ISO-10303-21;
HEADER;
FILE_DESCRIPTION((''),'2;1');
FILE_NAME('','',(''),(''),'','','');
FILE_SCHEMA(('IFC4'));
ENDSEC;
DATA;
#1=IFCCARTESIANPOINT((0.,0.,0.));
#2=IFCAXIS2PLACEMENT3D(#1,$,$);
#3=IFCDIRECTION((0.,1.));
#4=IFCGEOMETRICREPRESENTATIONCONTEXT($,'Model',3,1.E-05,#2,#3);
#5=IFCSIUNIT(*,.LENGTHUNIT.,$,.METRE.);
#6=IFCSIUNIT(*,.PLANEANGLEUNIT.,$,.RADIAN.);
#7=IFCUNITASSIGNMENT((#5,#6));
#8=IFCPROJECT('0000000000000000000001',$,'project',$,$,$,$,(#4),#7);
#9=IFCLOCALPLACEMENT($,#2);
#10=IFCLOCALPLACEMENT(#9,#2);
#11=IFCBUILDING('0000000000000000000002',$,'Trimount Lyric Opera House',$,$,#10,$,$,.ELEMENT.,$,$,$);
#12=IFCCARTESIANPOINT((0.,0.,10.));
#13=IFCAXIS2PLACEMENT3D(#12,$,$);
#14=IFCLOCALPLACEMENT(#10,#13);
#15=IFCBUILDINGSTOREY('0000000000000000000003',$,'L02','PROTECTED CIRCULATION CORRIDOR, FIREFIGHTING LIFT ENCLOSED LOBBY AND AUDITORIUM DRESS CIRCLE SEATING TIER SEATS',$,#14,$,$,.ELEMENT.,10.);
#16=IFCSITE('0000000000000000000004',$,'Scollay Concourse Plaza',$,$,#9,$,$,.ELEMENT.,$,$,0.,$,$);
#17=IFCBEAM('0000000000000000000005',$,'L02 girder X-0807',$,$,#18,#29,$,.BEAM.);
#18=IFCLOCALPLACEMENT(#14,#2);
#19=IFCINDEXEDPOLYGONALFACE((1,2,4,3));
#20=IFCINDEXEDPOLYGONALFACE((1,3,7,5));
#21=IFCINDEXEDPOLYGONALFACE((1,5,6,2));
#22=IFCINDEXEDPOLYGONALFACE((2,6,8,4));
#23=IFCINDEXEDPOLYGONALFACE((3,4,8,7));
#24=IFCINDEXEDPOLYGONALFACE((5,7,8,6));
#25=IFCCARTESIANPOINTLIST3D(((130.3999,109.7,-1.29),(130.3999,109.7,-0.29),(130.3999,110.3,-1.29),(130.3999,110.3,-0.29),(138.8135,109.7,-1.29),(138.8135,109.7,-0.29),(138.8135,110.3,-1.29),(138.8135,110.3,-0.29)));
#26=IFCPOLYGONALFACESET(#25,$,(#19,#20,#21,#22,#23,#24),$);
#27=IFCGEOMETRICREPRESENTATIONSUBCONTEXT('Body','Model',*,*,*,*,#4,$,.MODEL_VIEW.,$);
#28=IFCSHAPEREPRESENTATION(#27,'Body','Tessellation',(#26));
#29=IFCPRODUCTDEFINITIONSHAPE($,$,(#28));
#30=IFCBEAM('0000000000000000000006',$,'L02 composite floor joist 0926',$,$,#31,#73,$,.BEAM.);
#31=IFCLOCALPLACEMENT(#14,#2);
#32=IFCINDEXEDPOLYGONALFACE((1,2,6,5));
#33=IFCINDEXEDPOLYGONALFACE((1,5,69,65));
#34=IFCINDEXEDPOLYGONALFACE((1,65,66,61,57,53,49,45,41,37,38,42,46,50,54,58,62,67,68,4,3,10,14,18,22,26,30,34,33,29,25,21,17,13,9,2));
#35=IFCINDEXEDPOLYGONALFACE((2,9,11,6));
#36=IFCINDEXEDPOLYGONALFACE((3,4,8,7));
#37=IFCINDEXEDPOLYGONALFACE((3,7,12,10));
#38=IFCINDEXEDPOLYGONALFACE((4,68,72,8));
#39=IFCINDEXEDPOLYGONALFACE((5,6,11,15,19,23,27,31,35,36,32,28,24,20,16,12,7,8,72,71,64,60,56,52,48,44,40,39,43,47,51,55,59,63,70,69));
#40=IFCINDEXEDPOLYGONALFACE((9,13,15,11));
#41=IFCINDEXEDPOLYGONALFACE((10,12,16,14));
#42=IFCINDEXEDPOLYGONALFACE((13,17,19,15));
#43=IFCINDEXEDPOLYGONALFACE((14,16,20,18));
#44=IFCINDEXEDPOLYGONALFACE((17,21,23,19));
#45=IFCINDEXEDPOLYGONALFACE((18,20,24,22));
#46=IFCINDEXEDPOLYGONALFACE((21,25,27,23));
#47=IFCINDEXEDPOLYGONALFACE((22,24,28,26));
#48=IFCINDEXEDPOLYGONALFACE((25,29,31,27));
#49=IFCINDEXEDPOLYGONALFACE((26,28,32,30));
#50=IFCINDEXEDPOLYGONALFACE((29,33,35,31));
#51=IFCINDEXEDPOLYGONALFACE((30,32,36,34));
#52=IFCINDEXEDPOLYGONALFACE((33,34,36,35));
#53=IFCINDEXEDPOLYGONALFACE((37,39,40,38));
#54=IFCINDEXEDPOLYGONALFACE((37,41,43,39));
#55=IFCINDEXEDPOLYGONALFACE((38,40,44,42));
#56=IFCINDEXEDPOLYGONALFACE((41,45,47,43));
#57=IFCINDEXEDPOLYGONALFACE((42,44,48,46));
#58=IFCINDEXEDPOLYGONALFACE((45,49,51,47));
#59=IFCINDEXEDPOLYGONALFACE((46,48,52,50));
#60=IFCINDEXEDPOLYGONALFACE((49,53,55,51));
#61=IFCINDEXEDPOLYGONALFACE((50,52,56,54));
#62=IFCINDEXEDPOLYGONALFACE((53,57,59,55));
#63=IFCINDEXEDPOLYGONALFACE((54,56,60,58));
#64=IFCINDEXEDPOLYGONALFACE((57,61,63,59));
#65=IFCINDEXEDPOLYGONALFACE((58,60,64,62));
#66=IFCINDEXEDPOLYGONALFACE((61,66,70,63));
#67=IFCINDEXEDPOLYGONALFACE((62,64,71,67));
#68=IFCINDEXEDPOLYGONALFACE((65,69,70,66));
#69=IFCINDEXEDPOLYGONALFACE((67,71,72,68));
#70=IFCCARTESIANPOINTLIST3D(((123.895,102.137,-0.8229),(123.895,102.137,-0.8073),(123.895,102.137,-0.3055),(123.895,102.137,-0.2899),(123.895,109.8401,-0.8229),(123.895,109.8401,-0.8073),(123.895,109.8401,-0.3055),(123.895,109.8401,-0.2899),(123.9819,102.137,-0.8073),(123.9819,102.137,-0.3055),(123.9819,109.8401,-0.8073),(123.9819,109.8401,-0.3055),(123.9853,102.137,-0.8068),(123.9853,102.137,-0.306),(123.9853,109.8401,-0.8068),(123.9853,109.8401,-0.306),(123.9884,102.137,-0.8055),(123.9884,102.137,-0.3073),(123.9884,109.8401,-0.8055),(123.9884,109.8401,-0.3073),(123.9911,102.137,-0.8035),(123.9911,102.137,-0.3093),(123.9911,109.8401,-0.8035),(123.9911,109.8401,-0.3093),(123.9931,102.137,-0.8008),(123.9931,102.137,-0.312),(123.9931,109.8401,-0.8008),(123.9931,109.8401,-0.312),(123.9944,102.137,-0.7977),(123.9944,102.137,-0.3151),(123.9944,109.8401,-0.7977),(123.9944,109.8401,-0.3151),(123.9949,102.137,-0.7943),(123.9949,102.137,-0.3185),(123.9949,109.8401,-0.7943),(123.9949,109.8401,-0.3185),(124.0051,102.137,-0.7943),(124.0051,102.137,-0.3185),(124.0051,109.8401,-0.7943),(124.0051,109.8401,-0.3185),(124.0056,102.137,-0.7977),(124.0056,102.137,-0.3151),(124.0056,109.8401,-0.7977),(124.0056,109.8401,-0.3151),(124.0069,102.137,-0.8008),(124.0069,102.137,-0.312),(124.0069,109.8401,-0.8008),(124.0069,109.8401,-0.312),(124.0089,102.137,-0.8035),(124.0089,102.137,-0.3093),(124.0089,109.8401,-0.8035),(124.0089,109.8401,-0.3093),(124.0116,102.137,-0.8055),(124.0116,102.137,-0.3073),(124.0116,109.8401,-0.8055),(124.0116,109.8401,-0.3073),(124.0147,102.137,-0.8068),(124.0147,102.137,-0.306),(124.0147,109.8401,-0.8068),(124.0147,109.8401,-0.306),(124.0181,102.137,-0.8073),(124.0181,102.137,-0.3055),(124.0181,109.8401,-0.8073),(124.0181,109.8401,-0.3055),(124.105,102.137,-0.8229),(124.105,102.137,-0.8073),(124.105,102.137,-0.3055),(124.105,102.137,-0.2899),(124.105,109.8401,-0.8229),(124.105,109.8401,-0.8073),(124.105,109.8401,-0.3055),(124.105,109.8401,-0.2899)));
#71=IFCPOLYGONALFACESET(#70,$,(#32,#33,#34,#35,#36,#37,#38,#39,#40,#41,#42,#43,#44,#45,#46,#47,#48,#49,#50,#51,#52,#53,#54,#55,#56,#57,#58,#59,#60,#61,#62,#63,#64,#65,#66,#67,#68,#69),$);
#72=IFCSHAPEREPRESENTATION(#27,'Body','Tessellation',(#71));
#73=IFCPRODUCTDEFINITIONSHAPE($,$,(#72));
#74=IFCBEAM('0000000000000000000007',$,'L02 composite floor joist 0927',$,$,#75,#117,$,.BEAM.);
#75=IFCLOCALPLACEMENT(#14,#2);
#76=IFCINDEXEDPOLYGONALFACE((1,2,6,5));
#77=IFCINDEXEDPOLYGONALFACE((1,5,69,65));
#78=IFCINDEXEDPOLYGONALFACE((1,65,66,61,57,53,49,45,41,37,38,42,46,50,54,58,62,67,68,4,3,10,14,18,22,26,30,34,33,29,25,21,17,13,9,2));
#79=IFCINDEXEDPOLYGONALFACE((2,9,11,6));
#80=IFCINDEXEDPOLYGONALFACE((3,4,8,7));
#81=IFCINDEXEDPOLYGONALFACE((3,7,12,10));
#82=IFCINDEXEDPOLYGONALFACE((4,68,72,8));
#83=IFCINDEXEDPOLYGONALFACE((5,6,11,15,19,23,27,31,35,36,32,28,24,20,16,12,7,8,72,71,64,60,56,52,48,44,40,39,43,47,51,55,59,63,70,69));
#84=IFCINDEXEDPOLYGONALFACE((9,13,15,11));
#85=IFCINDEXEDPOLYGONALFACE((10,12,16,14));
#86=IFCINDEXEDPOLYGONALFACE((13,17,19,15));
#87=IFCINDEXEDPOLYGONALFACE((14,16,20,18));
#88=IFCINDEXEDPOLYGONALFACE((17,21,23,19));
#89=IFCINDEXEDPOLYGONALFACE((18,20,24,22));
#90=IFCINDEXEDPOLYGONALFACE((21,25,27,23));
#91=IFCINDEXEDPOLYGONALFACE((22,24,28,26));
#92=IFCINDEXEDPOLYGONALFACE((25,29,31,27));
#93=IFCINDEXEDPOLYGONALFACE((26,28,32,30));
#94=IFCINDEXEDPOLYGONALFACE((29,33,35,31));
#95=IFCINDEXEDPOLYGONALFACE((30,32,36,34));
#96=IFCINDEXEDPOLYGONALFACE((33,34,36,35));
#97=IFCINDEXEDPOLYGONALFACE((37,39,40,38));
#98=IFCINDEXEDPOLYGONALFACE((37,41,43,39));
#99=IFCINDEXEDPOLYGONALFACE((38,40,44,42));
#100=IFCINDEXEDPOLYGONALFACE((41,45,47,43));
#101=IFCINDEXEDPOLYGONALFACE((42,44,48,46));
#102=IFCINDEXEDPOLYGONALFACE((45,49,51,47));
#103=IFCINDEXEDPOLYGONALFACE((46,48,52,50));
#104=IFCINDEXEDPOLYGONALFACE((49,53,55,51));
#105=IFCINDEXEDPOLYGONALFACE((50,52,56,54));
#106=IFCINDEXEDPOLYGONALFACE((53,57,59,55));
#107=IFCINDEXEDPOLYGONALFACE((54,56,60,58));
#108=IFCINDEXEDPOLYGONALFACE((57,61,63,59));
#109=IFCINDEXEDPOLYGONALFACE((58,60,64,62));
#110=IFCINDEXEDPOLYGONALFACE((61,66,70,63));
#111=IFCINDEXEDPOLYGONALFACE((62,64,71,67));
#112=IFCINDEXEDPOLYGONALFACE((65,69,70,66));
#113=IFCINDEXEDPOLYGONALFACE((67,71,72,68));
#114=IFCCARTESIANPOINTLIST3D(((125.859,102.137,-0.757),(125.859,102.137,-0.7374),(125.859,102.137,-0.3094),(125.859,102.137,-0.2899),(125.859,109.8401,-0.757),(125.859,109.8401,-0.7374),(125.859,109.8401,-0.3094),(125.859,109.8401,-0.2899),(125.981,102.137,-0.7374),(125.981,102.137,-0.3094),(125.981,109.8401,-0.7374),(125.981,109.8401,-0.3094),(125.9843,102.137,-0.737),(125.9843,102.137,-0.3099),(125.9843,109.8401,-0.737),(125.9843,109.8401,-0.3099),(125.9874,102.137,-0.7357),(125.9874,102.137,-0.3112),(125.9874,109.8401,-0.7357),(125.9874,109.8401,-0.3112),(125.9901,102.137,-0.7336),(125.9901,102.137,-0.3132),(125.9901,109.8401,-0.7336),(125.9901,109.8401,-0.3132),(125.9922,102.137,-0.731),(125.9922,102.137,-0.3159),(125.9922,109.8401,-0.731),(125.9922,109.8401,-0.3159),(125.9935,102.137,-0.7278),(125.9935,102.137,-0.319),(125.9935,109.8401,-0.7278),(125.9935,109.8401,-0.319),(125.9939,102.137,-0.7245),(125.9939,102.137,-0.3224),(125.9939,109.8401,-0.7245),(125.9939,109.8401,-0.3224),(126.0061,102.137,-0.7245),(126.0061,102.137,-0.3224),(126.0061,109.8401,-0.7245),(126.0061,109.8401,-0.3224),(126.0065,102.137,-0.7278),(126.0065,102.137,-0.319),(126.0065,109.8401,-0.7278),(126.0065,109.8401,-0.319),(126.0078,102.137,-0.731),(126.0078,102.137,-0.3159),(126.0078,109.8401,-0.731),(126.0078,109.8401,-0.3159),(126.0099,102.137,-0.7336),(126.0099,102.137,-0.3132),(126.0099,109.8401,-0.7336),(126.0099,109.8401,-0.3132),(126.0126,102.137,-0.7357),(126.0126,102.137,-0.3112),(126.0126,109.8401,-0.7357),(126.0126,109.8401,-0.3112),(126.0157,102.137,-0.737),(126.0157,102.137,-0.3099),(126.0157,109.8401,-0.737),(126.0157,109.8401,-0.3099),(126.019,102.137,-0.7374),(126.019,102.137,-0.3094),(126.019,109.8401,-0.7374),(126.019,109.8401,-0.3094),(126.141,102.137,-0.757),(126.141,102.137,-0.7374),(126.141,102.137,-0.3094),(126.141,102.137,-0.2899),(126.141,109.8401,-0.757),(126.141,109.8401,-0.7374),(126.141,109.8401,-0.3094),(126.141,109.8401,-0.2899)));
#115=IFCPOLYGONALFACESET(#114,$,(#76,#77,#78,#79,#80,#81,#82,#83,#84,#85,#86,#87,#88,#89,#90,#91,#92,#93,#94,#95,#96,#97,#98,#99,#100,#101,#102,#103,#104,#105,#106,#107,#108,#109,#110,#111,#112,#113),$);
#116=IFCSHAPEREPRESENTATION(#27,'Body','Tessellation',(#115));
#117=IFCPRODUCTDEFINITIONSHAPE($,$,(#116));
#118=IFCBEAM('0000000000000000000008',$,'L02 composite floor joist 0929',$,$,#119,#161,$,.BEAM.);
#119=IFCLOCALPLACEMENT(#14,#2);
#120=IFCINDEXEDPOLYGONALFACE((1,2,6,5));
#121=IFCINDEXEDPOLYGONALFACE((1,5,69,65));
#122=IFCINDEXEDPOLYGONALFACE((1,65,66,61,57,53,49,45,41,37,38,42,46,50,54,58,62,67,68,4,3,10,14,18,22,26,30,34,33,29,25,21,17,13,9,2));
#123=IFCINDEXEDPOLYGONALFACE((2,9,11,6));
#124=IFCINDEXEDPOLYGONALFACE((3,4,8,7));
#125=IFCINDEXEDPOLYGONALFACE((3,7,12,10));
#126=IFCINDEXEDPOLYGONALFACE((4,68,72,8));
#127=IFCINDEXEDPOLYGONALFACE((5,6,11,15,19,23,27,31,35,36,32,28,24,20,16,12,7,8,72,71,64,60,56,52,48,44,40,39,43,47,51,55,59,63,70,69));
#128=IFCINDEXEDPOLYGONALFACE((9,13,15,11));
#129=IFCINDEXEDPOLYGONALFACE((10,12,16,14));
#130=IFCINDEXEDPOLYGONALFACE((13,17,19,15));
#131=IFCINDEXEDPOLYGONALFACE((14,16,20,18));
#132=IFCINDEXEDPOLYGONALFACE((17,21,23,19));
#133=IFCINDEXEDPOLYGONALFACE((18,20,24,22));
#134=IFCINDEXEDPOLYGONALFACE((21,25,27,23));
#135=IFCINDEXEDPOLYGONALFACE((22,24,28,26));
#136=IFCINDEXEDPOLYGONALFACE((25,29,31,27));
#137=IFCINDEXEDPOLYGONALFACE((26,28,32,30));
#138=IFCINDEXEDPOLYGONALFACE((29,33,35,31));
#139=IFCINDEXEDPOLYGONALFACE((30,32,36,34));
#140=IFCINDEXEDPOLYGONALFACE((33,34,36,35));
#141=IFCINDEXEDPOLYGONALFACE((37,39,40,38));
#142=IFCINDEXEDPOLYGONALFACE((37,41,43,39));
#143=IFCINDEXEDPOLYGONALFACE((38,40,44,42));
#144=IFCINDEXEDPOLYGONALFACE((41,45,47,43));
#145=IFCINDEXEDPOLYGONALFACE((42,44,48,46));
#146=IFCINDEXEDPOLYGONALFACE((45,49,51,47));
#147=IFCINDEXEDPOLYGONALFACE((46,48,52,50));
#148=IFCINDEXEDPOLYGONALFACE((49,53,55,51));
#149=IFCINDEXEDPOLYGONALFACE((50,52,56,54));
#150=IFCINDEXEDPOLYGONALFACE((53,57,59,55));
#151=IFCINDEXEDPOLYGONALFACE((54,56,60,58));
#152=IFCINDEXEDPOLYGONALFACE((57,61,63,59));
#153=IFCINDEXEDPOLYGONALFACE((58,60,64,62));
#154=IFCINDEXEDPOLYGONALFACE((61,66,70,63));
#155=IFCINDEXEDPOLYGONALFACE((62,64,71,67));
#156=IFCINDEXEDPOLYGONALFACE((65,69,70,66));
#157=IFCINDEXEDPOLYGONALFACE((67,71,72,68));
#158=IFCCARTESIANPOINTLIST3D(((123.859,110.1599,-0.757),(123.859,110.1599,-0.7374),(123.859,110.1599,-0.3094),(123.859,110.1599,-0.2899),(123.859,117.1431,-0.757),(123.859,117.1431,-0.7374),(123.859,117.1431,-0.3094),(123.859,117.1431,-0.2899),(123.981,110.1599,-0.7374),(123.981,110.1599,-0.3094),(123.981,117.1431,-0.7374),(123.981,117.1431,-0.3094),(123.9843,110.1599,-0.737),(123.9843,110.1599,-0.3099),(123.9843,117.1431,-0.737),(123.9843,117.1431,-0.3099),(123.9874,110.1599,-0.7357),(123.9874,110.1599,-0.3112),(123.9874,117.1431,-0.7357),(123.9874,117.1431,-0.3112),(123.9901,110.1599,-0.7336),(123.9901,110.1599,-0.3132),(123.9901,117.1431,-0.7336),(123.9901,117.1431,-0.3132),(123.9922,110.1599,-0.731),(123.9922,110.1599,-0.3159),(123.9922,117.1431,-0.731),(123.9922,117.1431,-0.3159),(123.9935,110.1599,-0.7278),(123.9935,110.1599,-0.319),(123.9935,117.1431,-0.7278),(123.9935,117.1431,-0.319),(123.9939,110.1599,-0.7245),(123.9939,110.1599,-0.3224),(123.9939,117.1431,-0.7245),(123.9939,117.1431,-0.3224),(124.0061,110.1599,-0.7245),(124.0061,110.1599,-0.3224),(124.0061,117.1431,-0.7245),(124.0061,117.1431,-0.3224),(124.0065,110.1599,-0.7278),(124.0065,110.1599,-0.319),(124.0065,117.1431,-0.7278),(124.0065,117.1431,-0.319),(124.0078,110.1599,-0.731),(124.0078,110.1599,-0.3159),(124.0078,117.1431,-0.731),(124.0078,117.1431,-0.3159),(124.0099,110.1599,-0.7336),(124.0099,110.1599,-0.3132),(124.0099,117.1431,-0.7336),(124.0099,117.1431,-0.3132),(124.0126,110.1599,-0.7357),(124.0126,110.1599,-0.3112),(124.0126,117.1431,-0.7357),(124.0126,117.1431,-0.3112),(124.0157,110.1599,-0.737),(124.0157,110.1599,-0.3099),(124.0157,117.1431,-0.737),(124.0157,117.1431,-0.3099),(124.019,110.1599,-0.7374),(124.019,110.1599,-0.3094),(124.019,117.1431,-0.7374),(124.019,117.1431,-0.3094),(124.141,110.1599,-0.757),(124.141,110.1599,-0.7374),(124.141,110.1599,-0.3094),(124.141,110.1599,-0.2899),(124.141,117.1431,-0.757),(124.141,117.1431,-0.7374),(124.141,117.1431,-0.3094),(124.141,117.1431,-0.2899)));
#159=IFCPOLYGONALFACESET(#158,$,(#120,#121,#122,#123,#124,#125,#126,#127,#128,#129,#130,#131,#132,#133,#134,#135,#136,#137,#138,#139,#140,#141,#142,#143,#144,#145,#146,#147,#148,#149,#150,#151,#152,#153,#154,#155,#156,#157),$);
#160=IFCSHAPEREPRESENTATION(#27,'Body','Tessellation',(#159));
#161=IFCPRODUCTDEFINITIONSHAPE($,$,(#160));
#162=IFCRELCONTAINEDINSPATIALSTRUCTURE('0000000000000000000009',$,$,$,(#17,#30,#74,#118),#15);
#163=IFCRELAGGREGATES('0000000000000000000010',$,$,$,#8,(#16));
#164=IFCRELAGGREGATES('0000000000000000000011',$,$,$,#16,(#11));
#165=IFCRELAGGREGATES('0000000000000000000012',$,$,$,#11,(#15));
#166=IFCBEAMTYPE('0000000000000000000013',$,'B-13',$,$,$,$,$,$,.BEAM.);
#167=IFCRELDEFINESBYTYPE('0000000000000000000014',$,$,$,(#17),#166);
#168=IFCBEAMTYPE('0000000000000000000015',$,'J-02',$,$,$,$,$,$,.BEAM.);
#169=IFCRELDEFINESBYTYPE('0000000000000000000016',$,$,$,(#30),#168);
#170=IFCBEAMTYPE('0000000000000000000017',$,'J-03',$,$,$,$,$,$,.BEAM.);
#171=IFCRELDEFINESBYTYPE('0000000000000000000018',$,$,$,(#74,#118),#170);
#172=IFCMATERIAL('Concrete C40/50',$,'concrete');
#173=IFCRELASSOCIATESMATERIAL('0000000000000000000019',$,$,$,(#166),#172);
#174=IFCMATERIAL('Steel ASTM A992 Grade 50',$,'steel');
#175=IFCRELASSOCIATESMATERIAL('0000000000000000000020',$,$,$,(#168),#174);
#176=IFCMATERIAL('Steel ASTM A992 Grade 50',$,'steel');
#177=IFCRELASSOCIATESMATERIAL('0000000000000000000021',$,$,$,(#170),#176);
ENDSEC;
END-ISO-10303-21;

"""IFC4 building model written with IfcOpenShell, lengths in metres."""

from ifc_helpers import new_model, si_unit, direction, frame, origin, origin_2d, place, context, subcontext, project, spatial, rectangle, i_section, extrude, material, material_profile, profile_set, type_object, element, save


model = new_model("IFC4")

# Units and contexts
model_context = context("Model", 3, precision=1e-05, world=origin(), true_north=direction((0.0, 1.0)))
body_context = subcontext(model_context, "Body", "Model", "MODEL_VIEW")
ifc_project = project(units=[si_unit("LENGTHUNIT", "METRE"), si_unit("PLANEANGLEUNIT", "RADIAN")], contexts=[model_context])

# Site, building, storey
site_placement = place(None, origin())
site = spatial("IfcSite", under=ifc_project, at=site_placement, Name="Scollay Concourse Plaza", CompositionType="ELEMENT", RefElevation=0.0)
building_placement = place(site_placement, origin())
building = spatial("IfcBuilding", under=site, at=building_placement, Name="Trimount Lyric Opera House", CompositionType="ELEMENT")
storey_placement = place(building_placement, frame((0.0, 0.0, 10.0)))
storey = spatial("IfcBuildingStorey", under=building, at=storey_placement, Name="L02", Description="PROTECTED CIRCULATION CORRIDOR, FIREFIGHTING LIFT ENCLOSED LOBBY AND AUDITORIUM DRESS CIRCLE SEATING TIER SEATS", CompositionType="ELEMENT", Elevation=10.0)

# Beams
ifc_material_1 = material(Name="Concrete C40/50", Category="concrete")
ifc_material_profile_1 = material_profile(ifc_material_1, rectangle(XDim=0.6001, YDim=1.0, at=origin_2d()), Name="RC600X1000")
ifc_profile_set_1 = profile_set([ifc_material_profile_1], Name="Concrete C40/50")
beam_type_1 = type_object("IfcBeamType", Name="B-13", PredefinedType="BEAM", material=ifc_profile_set_1)
beam_1_placement = place(storey_placement, frame((130.3999, 110.0, -0.79), z_axis=(1.0, 0.0, 0.0), x_axis=(0.0, 1.0, 0.0)))
element("IfcBeam", 1, at=beam_1_placement, inside=storey, type_object=beam_type_1, Name="L02 girder X-0807", PredefinedType="BEAM", context=body_context, shape_type="SweptSolid", body=[
    extrude(rectangle(XDim=0.6001, YDim=1.0, at=origin_2d()), origin(), (0.0, 0.0, 1.0), 8.4136),
])
ifc_material_2 = material(Name="Steel ASTM A992 Grade 50", Category="steel")
ifc_material_profile_2 = material_profile(ifc_material_2, i_section(OverallWidth=0.21, OverallDepth=0.533, WebThickness=0.0103, FlangeThickness=0.0156, FilletRadius=0.0129, at=origin_2d()), Name="W21X62")
ifc_profile_set_2 = profile_set([ifc_material_profile_2], Name="Steel ASTM A992 Grade 50")
beam_type_2 = type_object("IfcBeamType", Name="J-02", PredefinedType="BEAM", material=ifc_profile_set_2)
beam_2_placement = place(storey_placement, frame((124.0, 102.137, -0.5564), z_axis=(0.0, 1.0, 0.0), x_axis=(-1.0, 0.0, 0.0)))
element("IfcBeam", 2, at=beam_2_placement, inside=storey, type_object=beam_type_2, Name="L02 composite floor joist 0926", PredefinedType="BEAM", context=body_context, shape_type="SweptSolid", body=[
    extrude(i_section(OverallWidth=0.21, OverallDepth=0.533, WebThickness=0.0103, FlangeThickness=0.0156, FilletRadius=0.0129, at=origin_2d()), origin(), (0.0, 0.0, 1.0), 7.7031),
])
ifc_material_3 = material(Name="Steel ASTM A992 Grade 50", Category="steel")
ifc_material_profile_3 = material_profile(ifc_material_3, i_section(OverallWidth=0.282, OverallDepth=0.467, WebThickness=0.0122, FlangeThickness=0.0195, FilletRadius=0.0129, at=origin_2d()), Name="W18X86")
ifc_profile_set_3 = profile_set([ifc_material_profile_3], Name="Steel ASTM A992 Grade 50")
beam_type_3 = type_object("IfcBeamType", Name="J-03", PredefinedType="BEAM", material=ifc_profile_set_3)
beam_3_placement = place(storey_placement, frame((126.0, 102.137, -0.5234), z_axis=(0.0, 1.0, 0.0), x_axis=(-1.0, 0.0, 0.0)))
element("IfcBeam", 3, at=beam_3_placement, inside=storey, type_object=beam_type_3, Name="L02 composite floor joist 0927", PredefinedType="BEAM", context=body_context, shape_type="SweptSolid", body=[
    extrude(i_section(OverallWidth=0.282, OverallDepth=0.467, WebThickness=0.0122, FlangeThickness=0.0195, FilletRadius=0.0129, at=origin_2d()), origin(), (0.0, 0.0, 1.0), 7.7031),
])
beam_4_placement = place(storey_placement, frame((124.0, 110.1599, -0.5234), z_axis=(0.0, 1.0, 0.0), x_axis=(-1.0, 0.0, 0.0)))
element("IfcBeam", 4, at=beam_4_placement, inside=storey, type_object=beam_type_3, Name="L02 composite floor joist 0929", PredefinedType="BEAM", context=body_context, shape_type="SweptSolid", body=[
    extrude(i_section(OverallWidth=0.282, OverallDepth=0.467, WebThickness=0.0122, FlangeThickness=0.0195, FilletRadius=0.0129, at=origin_2d()), origin(), (0.0, 0.0, 1.0), 6.9832),
])

save(model, "model.ifc")
